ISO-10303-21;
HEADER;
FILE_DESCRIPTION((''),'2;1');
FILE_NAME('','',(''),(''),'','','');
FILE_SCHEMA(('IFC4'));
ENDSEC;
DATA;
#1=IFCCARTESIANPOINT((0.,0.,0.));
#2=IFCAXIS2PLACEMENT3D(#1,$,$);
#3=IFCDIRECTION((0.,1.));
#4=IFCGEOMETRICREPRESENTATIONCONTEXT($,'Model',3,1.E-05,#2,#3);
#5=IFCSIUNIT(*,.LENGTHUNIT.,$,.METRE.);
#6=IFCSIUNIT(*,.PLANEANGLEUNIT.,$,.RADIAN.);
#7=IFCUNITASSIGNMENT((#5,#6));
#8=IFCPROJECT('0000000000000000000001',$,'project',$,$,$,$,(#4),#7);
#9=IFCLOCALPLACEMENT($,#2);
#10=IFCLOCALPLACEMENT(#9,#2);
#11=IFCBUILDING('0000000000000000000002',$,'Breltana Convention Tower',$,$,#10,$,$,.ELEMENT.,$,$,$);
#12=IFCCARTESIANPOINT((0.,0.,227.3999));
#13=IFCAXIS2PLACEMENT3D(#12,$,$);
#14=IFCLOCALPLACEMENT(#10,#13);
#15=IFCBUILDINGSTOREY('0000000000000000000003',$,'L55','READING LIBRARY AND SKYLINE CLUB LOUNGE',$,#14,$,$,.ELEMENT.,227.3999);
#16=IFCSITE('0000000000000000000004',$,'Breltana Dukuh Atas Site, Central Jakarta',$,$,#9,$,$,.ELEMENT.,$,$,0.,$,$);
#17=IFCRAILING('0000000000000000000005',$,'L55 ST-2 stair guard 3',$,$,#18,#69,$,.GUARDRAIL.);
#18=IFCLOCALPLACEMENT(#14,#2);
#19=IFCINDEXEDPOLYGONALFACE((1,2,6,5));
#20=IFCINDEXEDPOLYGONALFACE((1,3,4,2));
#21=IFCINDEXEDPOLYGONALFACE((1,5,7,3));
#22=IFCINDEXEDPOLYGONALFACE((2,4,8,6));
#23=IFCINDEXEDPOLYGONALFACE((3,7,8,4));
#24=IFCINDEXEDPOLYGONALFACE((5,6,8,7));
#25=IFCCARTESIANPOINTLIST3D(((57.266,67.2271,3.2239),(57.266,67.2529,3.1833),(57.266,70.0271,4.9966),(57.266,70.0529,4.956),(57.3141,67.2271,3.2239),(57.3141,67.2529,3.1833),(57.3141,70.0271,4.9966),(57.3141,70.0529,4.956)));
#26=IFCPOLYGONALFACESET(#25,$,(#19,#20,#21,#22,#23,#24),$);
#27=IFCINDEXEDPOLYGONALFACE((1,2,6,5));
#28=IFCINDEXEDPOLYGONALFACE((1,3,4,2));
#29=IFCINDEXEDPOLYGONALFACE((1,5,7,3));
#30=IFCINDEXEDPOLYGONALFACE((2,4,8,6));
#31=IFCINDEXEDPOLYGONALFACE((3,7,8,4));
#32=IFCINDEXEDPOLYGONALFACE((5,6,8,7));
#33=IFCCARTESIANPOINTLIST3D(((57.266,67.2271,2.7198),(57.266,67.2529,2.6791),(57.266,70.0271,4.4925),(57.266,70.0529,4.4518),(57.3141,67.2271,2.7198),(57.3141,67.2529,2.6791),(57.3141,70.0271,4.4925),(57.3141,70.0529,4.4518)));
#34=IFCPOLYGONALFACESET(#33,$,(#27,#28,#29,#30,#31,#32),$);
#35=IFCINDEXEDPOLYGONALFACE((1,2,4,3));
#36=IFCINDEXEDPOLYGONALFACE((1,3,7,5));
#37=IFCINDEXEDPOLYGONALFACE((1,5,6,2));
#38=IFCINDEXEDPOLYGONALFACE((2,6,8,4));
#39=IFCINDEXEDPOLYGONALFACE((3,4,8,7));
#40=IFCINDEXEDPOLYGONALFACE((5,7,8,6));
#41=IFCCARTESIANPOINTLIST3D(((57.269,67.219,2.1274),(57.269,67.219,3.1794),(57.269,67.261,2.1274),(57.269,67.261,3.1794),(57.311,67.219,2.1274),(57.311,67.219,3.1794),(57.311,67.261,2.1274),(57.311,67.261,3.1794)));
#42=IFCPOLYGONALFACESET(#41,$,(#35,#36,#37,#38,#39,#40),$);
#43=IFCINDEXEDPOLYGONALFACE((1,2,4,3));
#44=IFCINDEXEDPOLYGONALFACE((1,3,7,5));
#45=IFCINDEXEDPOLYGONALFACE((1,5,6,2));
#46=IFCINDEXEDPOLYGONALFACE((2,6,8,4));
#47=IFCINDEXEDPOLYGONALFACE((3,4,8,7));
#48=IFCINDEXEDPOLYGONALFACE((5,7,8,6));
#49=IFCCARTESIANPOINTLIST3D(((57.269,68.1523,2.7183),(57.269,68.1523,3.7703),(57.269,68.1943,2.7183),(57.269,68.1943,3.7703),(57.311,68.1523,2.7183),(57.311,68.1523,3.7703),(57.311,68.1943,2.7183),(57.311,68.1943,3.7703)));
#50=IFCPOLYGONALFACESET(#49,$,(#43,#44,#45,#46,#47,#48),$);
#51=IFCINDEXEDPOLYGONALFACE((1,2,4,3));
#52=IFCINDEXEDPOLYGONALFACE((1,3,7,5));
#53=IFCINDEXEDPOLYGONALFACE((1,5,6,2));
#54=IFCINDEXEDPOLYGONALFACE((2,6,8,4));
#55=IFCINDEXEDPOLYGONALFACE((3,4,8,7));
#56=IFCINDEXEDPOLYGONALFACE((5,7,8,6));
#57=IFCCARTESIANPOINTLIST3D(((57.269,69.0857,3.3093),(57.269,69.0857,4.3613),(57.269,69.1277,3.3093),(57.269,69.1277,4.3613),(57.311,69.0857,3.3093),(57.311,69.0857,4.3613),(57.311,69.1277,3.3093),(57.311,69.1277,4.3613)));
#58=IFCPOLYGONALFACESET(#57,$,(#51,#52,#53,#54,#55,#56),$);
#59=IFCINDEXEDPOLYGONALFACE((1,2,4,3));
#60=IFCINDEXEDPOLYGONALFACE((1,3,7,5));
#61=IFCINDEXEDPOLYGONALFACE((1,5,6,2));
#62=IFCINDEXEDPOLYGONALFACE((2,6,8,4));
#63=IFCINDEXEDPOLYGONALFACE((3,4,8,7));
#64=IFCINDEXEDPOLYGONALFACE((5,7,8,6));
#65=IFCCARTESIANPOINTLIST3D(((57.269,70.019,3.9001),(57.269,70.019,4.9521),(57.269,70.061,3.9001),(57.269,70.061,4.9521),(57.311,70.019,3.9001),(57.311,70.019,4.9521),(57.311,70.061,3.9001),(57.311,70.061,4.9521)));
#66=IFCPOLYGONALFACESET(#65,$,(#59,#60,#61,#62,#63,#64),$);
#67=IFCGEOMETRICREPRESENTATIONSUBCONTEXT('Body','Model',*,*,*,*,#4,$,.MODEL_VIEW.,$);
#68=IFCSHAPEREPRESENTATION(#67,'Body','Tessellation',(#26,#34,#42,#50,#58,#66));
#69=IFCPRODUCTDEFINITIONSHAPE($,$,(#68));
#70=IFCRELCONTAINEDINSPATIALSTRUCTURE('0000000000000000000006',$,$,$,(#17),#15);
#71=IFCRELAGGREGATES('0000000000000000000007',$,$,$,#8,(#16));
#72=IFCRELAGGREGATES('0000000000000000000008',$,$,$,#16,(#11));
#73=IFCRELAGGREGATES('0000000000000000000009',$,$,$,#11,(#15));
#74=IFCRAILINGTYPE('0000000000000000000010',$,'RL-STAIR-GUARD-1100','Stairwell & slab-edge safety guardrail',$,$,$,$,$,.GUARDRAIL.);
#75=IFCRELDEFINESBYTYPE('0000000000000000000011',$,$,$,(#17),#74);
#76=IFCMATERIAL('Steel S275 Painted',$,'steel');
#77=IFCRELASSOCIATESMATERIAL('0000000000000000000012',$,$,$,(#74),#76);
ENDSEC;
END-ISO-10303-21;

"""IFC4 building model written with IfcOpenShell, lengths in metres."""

from ifc_helpers import new_model, si_unit, direction, frame, origin, origin_2d, place, context, subcontext, project, spatial, rectangle, extrude, material, type_object, element, save


model = new_model("IFC4")

# Units and contexts
model_context = context("Model", 3, precision=1e-05, world=origin(), true_north=direction((0.0, 1.0)))
body_context = subcontext(model_context, "Body", "Model", "MODEL_VIEW")
ifc_project = project(units=[si_unit("LENGTHUNIT", "METRE"), si_unit("PLANEANGLEUNIT", "RADIAN")], contexts=[model_context])

# Site, building, storey
site_placement = place(None, origin())
site = spatial("IfcSite", under=ifc_project, at=site_placement, Name="Breltana Dukuh Atas Site, Central Jakarta", CompositionType="ELEMENT", RefElevation=0.0)
building_placement = place(site_placement, origin())
building = spatial("IfcBuilding", under=site, at=building_placement, Name="Breltana Convention Tower", CompositionType="ELEMENT")
storey_placement = place(building_placement, frame((0.0, 0.0, 227.3999)))
storey = spatial("IfcBuildingStorey", under=building, at=storey_placement, Name="L55", Description="READING LIBRARY AND SKYLINE CLUB LOUNGE", CompositionType="ELEMENT", Elevation=227.3999)

# Railing
ifc_material_1 = material(Name="Steel S275 Painted", Category="steel")
railing_type = type_object("IfcRailingType", Name="RL-STAIR-GUARD-1100", Description="Stairwell & slab-edge safety guardrail", PredefinedType="GUARDRAIL", material=ifc_material_1)
railing_1_placement = place(storey_placement, frame((57.29, 67.24, 2.1274)))
element("IfcRailing", 1, at=railing_1_placement, inside=storey, type_object=railing_type, Name="L55 ST-2 stair guard 3", PredefinedType="GUARDRAIL", context=body_context, shape_type="SweptSolid", body=[
    extrude(rectangle(XDim=0.0481, YDim=0.0481, at=origin_2d()), frame((0.0, 0.0, 1.0762), z_axis=(0.0, 0.844909, 0.53491), x_axis=(-1.0, 0.0, 0.0)), (0.0, 0.0, 1.0), 3.314),
    extrude(rectangle(XDim=0.0481, YDim=0.0481, at=origin_2d()), frame((0.0, 0.0, 0.572), z_axis=(0.0, 0.844909, 0.53491), x_axis=(-1.0, 0.0, 0.0)), (0.0, 0.0, 1.0), 3.314),
    extrude(rectangle(XDim=0.042, YDim=0.042, at=origin_2d()), origin(), (0.0, 0.0, 1.0), 1.052),
    extrude(rectangle(XDim=0.042, YDim=0.042, at=origin_2d()), frame((0.0, 0.9333, 0.5908)), (0.0, 0.0, 1.0), 1.052),
    extrude(rectangle(XDim=0.042, YDim=0.042, at=origin_2d()), frame((0.0, 1.8667, 1.1819)), (0.0, 0.0, 1.0), 1.052),
    extrude(rectangle(XDim=0.042, YDim=0.042, at=origin_2d()), frame((0.0, 2.8, 1.7727)), (0.0, 0.0, 1.0), 1.052),
])

save(model, "model.ifc")
